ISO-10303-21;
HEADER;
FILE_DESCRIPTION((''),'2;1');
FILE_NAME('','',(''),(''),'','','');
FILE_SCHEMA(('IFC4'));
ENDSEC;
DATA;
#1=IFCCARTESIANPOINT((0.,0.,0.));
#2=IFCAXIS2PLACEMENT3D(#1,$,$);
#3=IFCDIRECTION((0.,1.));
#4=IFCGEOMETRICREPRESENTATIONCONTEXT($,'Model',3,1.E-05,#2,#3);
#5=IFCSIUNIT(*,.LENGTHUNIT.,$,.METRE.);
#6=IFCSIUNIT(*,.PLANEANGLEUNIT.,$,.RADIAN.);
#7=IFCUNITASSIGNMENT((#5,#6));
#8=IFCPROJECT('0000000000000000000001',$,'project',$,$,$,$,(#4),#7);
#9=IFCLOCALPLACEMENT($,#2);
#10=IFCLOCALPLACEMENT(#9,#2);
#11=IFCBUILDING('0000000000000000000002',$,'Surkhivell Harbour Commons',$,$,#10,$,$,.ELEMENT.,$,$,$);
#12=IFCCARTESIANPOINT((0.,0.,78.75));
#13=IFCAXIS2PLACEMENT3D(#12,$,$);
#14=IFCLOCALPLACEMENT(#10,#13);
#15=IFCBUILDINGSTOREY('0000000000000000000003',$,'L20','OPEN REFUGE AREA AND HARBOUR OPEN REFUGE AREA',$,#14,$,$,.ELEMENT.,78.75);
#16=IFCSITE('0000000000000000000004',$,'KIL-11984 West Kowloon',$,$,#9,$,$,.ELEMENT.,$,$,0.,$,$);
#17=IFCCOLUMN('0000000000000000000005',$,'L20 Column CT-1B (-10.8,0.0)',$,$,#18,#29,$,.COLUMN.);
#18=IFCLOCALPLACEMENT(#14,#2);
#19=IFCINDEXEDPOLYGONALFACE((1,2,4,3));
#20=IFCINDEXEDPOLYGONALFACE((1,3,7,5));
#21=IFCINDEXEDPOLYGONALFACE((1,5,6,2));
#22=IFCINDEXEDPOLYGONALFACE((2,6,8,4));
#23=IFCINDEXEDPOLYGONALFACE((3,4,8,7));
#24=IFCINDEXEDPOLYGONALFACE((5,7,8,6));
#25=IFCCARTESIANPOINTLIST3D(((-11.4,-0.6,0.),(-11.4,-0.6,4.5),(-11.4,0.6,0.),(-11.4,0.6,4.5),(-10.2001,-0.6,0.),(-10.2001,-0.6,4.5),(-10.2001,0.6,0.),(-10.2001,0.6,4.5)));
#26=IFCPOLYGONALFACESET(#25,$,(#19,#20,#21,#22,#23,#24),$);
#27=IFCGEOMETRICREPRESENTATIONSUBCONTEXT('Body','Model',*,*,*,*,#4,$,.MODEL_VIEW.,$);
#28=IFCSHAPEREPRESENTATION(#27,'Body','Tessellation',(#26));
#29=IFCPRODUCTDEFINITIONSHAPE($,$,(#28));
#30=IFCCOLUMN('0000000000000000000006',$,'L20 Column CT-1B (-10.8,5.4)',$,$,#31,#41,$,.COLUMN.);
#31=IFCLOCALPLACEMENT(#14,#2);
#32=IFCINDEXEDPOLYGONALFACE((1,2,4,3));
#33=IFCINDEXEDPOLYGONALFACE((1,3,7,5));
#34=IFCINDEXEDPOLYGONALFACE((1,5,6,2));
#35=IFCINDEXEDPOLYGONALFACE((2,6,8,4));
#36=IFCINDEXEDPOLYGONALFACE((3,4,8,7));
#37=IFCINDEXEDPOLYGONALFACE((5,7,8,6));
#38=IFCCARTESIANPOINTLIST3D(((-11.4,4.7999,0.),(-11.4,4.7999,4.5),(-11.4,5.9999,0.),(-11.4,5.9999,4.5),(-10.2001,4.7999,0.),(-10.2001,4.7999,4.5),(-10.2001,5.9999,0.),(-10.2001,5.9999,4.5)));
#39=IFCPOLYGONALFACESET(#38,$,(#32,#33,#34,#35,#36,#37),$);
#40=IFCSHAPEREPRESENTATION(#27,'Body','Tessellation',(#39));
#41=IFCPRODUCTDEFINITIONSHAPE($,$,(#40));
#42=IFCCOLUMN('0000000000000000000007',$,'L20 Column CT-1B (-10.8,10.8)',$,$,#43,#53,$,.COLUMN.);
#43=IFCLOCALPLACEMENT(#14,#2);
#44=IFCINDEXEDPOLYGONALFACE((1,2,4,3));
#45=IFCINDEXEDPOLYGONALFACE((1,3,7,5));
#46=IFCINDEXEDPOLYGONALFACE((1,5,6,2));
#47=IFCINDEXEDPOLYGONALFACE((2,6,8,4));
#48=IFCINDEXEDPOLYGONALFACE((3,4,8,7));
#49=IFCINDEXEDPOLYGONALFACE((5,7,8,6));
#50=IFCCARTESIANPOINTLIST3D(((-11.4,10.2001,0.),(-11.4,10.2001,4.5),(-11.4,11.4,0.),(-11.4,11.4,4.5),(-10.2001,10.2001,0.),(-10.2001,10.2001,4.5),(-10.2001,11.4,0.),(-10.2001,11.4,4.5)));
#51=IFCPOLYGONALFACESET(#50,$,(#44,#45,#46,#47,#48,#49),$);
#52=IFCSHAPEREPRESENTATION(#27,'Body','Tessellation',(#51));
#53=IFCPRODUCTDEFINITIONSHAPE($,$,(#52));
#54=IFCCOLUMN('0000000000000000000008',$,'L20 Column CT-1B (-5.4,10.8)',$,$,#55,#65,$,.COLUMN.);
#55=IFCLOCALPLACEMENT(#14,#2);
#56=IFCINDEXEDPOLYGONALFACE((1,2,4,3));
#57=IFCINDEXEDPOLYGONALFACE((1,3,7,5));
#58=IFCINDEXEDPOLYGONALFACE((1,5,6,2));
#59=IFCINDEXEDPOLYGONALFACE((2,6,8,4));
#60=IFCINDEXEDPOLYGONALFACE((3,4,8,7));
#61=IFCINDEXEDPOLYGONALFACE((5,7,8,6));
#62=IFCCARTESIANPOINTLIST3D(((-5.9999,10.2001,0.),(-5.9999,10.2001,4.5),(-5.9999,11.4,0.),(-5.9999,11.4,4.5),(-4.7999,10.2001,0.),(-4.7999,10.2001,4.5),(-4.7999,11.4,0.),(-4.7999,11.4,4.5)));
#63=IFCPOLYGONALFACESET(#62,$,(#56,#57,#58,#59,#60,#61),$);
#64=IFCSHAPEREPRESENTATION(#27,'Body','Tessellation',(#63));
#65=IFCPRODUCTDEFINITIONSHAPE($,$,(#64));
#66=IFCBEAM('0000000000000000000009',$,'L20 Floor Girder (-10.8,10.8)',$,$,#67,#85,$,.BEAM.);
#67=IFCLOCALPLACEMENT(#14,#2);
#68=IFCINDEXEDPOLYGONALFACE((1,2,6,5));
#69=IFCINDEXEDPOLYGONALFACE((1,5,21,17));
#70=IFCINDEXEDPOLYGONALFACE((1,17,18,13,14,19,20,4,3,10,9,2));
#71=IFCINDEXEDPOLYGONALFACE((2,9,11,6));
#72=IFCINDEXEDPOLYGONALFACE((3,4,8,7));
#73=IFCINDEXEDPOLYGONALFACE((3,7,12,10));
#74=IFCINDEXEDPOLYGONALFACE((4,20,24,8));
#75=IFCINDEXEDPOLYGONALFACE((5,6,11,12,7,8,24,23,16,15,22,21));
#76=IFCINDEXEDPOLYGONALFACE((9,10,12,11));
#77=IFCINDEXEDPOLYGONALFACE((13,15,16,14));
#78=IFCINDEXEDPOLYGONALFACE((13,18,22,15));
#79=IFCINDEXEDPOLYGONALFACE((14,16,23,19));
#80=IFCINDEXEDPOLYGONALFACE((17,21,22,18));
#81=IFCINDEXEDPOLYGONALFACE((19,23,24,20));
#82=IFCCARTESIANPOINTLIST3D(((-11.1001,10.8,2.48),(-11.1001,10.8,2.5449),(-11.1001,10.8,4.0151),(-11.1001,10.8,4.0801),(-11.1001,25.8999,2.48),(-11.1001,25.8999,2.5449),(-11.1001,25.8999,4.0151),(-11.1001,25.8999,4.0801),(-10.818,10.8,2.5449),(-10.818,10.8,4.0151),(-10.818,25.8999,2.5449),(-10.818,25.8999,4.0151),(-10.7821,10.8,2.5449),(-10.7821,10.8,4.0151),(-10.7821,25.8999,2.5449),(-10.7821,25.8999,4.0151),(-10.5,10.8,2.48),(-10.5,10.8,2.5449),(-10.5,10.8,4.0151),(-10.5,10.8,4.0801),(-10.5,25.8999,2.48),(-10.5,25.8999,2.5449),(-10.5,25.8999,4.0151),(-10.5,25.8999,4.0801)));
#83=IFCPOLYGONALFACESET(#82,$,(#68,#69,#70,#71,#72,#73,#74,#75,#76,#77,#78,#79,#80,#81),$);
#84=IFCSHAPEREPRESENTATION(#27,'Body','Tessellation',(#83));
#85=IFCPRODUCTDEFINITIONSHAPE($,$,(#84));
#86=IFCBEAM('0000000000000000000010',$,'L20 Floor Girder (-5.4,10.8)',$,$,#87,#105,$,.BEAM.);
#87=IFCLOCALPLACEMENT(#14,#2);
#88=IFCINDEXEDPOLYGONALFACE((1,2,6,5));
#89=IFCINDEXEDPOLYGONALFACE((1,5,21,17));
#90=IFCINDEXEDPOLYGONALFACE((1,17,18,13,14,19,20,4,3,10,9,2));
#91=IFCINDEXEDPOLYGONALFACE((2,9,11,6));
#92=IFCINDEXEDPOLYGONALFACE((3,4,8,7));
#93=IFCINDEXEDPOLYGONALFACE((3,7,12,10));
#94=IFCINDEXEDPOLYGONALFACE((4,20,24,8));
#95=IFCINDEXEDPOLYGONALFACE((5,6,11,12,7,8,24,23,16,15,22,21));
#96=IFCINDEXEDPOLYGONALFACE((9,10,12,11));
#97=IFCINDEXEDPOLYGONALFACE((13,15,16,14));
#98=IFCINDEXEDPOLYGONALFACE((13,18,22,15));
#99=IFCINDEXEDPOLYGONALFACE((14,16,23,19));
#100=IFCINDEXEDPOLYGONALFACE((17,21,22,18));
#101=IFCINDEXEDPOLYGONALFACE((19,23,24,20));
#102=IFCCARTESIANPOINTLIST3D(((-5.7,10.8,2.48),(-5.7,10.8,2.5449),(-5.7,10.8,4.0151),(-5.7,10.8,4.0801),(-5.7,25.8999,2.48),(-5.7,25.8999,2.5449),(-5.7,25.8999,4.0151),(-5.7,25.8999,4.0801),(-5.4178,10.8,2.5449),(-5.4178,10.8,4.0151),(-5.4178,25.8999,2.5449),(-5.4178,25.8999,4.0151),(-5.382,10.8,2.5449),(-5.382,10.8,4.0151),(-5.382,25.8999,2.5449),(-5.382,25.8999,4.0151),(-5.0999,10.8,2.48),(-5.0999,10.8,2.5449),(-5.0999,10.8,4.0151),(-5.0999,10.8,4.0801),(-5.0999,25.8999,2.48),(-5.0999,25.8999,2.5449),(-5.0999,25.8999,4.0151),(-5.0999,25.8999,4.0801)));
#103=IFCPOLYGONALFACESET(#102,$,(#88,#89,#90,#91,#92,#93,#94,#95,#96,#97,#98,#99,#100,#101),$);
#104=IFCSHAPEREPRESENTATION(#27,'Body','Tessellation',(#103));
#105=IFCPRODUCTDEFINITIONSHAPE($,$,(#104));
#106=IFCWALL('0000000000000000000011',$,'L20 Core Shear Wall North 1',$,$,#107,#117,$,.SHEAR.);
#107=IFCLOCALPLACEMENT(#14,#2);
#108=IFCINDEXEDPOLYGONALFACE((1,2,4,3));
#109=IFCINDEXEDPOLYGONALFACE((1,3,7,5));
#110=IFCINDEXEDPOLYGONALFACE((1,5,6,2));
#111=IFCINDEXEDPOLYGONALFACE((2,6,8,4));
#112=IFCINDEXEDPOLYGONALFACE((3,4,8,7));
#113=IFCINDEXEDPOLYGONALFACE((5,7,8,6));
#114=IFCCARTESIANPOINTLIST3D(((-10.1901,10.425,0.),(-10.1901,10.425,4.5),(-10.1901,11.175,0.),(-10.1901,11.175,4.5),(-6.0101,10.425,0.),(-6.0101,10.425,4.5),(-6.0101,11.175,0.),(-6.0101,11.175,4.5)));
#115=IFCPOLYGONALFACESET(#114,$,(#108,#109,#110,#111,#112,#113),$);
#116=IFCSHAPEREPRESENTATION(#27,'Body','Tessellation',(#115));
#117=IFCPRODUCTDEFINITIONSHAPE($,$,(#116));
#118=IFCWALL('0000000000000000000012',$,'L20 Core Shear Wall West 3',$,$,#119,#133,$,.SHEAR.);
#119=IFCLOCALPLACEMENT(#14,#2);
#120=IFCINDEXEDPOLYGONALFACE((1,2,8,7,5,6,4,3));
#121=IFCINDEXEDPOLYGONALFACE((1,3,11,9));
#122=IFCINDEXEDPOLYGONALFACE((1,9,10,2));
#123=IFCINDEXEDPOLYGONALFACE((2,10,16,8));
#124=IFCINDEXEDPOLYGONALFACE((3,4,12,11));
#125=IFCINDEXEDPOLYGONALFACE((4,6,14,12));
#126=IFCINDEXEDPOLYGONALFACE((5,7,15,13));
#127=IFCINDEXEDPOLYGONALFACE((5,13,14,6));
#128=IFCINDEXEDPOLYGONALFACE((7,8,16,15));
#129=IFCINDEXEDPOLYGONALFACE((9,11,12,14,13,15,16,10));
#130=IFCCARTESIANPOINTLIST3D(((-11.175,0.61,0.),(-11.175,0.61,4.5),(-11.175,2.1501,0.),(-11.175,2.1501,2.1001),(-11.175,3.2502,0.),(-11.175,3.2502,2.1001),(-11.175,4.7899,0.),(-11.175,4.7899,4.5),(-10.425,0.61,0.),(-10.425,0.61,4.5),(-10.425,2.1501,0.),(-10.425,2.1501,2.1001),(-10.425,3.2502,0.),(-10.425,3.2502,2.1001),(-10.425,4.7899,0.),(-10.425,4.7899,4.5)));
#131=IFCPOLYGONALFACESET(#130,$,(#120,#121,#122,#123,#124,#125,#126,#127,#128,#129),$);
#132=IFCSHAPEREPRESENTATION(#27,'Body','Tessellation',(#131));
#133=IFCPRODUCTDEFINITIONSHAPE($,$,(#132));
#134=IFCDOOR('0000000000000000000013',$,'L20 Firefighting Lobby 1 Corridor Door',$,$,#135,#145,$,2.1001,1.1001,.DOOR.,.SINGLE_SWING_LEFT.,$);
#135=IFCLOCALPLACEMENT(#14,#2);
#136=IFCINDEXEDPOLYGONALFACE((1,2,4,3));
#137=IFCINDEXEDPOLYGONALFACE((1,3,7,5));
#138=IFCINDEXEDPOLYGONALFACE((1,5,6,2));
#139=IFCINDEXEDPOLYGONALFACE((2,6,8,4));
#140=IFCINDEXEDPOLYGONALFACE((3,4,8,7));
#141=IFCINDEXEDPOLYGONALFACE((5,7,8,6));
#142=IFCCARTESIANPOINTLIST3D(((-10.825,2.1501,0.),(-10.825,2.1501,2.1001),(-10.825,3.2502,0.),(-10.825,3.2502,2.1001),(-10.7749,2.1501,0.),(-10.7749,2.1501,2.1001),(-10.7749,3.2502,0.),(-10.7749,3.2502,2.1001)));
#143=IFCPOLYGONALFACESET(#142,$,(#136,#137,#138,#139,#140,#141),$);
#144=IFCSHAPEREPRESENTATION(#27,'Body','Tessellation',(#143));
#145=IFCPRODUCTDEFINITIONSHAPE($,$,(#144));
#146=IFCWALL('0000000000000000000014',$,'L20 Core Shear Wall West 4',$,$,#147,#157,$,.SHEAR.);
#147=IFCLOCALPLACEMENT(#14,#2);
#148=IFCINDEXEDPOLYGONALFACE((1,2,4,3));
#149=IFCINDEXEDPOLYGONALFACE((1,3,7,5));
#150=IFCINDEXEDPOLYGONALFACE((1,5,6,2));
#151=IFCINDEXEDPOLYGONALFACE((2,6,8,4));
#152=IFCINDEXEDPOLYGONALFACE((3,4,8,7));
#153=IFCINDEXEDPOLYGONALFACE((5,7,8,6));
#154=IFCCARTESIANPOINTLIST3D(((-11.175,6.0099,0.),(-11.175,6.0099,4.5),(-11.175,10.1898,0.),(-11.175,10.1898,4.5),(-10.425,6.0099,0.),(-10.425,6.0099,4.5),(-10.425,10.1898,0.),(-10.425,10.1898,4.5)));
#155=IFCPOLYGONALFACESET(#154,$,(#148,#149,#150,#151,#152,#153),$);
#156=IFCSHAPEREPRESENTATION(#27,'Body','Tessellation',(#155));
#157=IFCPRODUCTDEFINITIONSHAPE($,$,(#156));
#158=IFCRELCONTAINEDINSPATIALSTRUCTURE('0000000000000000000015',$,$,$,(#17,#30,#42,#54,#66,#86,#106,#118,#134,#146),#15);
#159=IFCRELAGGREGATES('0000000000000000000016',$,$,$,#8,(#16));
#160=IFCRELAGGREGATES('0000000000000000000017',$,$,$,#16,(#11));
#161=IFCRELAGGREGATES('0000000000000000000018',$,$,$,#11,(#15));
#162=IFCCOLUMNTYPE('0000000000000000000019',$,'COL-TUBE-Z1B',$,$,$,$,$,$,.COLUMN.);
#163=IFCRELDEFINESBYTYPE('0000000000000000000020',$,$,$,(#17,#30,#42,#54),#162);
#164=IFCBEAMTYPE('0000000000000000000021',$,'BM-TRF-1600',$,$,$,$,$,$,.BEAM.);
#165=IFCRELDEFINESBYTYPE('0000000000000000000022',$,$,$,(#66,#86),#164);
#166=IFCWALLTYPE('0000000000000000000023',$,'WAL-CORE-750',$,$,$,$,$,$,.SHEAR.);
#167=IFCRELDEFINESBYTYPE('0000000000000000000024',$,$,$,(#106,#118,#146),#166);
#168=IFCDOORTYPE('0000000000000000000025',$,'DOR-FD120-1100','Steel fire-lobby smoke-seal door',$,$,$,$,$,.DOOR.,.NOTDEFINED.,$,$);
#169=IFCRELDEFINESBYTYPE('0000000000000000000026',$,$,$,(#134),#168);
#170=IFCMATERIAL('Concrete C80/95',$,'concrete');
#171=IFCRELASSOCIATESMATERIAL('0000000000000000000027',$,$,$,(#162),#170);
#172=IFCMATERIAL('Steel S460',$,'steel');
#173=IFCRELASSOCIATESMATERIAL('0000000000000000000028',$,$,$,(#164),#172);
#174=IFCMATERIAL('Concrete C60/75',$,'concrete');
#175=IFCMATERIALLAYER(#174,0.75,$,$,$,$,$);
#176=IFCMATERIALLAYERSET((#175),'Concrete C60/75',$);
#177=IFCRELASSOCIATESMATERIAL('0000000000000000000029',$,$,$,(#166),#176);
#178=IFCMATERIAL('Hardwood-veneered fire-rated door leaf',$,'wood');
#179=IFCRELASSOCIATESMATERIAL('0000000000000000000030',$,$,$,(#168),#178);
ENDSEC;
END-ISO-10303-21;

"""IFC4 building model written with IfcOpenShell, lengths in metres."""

from ifc_helpers import new_model, si_unit, direction, frame, frame_2d, origin, origin_2d, place, context, subcontext, project, spatial, rectangle, i_section, extrude, material, layer, layer_set, material_profile, profile_set, type_object, element, fill, save


model = new_model("IFC4")

# Units and contexts
model_context = context("Model", 3, precision=1e-05, world=origin(), true_north=direction((0.0, 1.0)))
body_context = subcontext(model_context, "Body", "Model", "MODEL_VIEW")
ifc_project = project(units=[si_unit("LENGTHUNIT", "METRE"), si_unit("PLANEANGLEUNIT", "RADIAN")], contexts=[model_context])

# Site, building, storey
site_placement = place(None, origin())
site = spatial("IfcSite", under=ifc_project, at=site_placement, Name="KIL-11984 West Kowloon", CompositionType="ELEMENT", RefElevation=0.0)
building_placement = place(site_placement, origin())
building = spatial("IfcBuilding", under=site, at=building_placement, Name="Surkhivell Harbour Commons", CompositionType="ELEMENT")
storey_placement = place(building_placement, frame((0.0, 0.0, 78.75)))
storey = spatial("IfcBuildingStorey", under=building, at=storey_placement, Name="L20", Description="OPEN REFUGE AREA AND HARBOUR OPEN REFUGE AREA", CompositionType="ELEMENT", Elevation=78.75)

# Columns
ifc_material_1 = material(Name="Concrete C80/95", Category="concrete")
ifc_material_profile_1 = material_profile(ifc_material_1, rectangle(XDim=1.2, YDim=1.2, at=origin_2d()), Name="RC-COL-1200x1200")
ifc_profile_set_1 = profile_set([ifc_material_profile_1], Name="Concrete C80/95")
column_type = type_object("IfcColumnType", Name="COL-TUBE-Z1B", PredefinedType="COLUMN", material=ifc_profile_set_1)
for number, where, z_axis, x_axis, name in (
    (1, (-10.8, 0.0, 0.0), (0.0, 0.0, 1.0), (1.0, 0.0, 0.0), "L20 Column CT-1B (-10.8,0.0)"),
    (2, (-10.8, 5.3999, 0.0), (0.0, 0.0, 1.0), (1.0, 0.0, 0.0), "L20 Column CT-1B (-10.8,5.4)"),
    (3, (-10.8, 10.8, 0.0), (0.0, 0.0, 1.0), (1.0, 0.0, 0.0), "L20 Column CT-1B (-10.8,10.8)"),
    (4, (-5.3999, 10.8, 0.0), (0.0, 0.0, 1.0), (1.0, 0.0, 0.0), "L20 Column CT-1B (-5.4,10.8)"),
):
    element("IfcColumn", number, at=place(storey_placement, frame(where, z_axis=z_axis, x_axis=x_axis)), inside=storey, type_object=column_type, Name=name, PredefinedType="COLUMN", context=body_context, shape_type="SweptSolid", body=[
        extrude(rectangle(XDim=1.2, YDim=1.2, at=origin_2d()), origin(), (0.0, 0.0, 1.0), 4.5),
    ])

# Beams
ifc_material_2 = material(Name="Steel S460", Category="steel")
ifc_material_profile_2 = material_profile(ifc_material_2, i_section(OverallWidth=0.6001, OverallDepth=1.6001, WebThickness=0.0359, FlangeThickness=0.0649, at=origin_2d()), Name="WPG1600x600x296")
ifc_profile_set_2 = profile_set([ifc_material_profile_2], Name="Steel S460")
beam_type = type_object("IfcBeamType", Name="BM-TRF-1600", PredefinedType="BEAM", material=ifc_profile_set_2)
for number, where, z_axis, x_axis, name in (
    (5, (-10.8, 10.8, 3.28), (0.0, 1.0, 0.0), (-1.0, 0.0, 0.0), "L20 Floor Girder (-10.8,10.8)"),
    (6, (-5.3999, 10.8, 3.28), (0.0, 1.0, 0.0), (-1.0, 0.0, 0.0), "L20 Floor Girder (-5.4,10.8)"),
):
    element("IfcBeam", number, at=place(storey_placement, frame(where, z_axis=z_axis, x_axis=x_axis)), inside=storey, type_object=beam_type, Name=name, PredefinedType="BEAM", context=body_context, shape_type="SweptSolid", body=[
        extrude(i_section(OverallWidth=0.6001, OverallDepth=1.6001, WebThickness=0.0359, FlangeThickness=0.0649, at=origin_2d()), origin(), (0.0, 0.0, 1.0), 15.0999),
    ])

# Wall
ifc_material_3 = material(Name="Concrete C60/75", Category="concrete")
ifc_layer_1 = layer(ifc_material_3, 0.75)
ifc_layer_set_1 = layer_set([ifc_layer_1], Name="Concrete C60/75")
wall_type_1 = type_object("IfcWallType", Name="WAL-CORE-750", PredefinedType="SHEAR", material=ifc_layer_set_1)
wall_1_placement = place(storey_placement, frame((-10.1899, 10.8, 0.0), z_axis=(0.0, 0.0, 1.0), x_axis=(1.0, 0.0, 0.0)))
element("IfcWall", 7, at=wall_1_placement, inside=storey, type_object=wall_type_1, Name="L20 Core Shear Wall North 1", PredefinedType="SHEAR", context=body_context, shape_type="SweptSolid", body=[
    extrude(rectangle(XDim=4.1799, YDim=0.75, at=frame_2d((2.0898, 0.0))), origin(), (0.0, 0.0, 1.0), 4.5),
])

# Wall, opening, door
wall_2_placement = place(storey_placement, frame((-10.8, 0.6101, 0.0), z_axis=(0.0, 0.0, 1.0), x_axis=(0.0, 1.0, 0.0)))
wall_2 = element("IfcWall", 8, at=wall_2_placement, inside=storey, type_object=wall_type_1, Name="L20 Core Shear Wall West 3", PredefinedType="SHEAR", context=body_context, shape_type="SweptSolid", body=[
    extrude(rectangle(XDim=4.1799, YDim=0.75, at=frame_2d((2.0898, 0.0))), origin(), (0.0, 0.0, 1.0), 4.5),
])
opening_1_placement = place(wall_2_placement, frame((1.54, 0.0, 0.0)))
opening_1 = element("IfcOpeningElement", 9, at=opening_1_placement, cuts=wall_2, PredefinedType="OPENING", context=body_context, shape_type="SweptSolid", body=[
    extrude(rectangle(XDim=1.1001, YDim=2.1001, at=frame_2d((0.55, 1.05))), frame((0.0, 0.385, 0.0), z_axis=(0.0, -1.0, 0.0), x_axis=(1.0, 0.0, 0.0)), (0.0, 0.0, 1.0), 0.77),
])
ifc_material_4 = material(Name="Hardwood-veneered fire-rated door leaf", Category="wood")
door_type_1 = type_object("IfcDoorType", Name="DOR-FD120-1100", Description="Steel fire-lobby smoke-seal door", OperationType="NOTDEFINED", PredefinedType="DOOR", material=ifc_material_4)
door_1_placement = place(opening_1_placement, origin())
door_1 = element("IfcDoor", 10, at=door_1_placement, inside=storey, type_object=door_type_1, Name="L20 Firefighting Lobby 1 Corridor Door", OperationType="SINGLE_SWING_LEFT", OverallHeight=2.1001, OverallWidth=1.1001, PredefinedType="DOOR", context=body_context, shape_type="SweptSolid", body=[
    extrude(rectangle(XDim=1.1001, YDim=2.1001, at=frame_2d((0.55, 1.05))), frame((0.0, 0.0249, 0.0), z_axis=(0.0, -1.0, 0.0), x_axis=(1.0, 0.0, 0.0)), (0.0, 0.0, 1.0), 0.05),
])
fill(opening_1, door_1)

# Wall
wall_3_placement = place(storey_placement, frame((-10.8, 6.01, 0.0), z_axis=(0.0, 0.0, 1.0), x_axis=(0.0, 1.0, 0.0)))
element("IfcWall", 11, at=wall_3_placement, inside=storey, type_object=wall_type_1, Name="L20 Core Shear Wall West 4", PredefinedType="SHEAR", context=body_context, shape_type="SweptSolid", body=[
    extrude(rectangle(XDim=4.1799, YDim=0.75, at=frame_2d((2.0898, 0.0))), origin(), (0.0, 0.0, 1.0), 4.5),
])

save(model, "model.ifc")
